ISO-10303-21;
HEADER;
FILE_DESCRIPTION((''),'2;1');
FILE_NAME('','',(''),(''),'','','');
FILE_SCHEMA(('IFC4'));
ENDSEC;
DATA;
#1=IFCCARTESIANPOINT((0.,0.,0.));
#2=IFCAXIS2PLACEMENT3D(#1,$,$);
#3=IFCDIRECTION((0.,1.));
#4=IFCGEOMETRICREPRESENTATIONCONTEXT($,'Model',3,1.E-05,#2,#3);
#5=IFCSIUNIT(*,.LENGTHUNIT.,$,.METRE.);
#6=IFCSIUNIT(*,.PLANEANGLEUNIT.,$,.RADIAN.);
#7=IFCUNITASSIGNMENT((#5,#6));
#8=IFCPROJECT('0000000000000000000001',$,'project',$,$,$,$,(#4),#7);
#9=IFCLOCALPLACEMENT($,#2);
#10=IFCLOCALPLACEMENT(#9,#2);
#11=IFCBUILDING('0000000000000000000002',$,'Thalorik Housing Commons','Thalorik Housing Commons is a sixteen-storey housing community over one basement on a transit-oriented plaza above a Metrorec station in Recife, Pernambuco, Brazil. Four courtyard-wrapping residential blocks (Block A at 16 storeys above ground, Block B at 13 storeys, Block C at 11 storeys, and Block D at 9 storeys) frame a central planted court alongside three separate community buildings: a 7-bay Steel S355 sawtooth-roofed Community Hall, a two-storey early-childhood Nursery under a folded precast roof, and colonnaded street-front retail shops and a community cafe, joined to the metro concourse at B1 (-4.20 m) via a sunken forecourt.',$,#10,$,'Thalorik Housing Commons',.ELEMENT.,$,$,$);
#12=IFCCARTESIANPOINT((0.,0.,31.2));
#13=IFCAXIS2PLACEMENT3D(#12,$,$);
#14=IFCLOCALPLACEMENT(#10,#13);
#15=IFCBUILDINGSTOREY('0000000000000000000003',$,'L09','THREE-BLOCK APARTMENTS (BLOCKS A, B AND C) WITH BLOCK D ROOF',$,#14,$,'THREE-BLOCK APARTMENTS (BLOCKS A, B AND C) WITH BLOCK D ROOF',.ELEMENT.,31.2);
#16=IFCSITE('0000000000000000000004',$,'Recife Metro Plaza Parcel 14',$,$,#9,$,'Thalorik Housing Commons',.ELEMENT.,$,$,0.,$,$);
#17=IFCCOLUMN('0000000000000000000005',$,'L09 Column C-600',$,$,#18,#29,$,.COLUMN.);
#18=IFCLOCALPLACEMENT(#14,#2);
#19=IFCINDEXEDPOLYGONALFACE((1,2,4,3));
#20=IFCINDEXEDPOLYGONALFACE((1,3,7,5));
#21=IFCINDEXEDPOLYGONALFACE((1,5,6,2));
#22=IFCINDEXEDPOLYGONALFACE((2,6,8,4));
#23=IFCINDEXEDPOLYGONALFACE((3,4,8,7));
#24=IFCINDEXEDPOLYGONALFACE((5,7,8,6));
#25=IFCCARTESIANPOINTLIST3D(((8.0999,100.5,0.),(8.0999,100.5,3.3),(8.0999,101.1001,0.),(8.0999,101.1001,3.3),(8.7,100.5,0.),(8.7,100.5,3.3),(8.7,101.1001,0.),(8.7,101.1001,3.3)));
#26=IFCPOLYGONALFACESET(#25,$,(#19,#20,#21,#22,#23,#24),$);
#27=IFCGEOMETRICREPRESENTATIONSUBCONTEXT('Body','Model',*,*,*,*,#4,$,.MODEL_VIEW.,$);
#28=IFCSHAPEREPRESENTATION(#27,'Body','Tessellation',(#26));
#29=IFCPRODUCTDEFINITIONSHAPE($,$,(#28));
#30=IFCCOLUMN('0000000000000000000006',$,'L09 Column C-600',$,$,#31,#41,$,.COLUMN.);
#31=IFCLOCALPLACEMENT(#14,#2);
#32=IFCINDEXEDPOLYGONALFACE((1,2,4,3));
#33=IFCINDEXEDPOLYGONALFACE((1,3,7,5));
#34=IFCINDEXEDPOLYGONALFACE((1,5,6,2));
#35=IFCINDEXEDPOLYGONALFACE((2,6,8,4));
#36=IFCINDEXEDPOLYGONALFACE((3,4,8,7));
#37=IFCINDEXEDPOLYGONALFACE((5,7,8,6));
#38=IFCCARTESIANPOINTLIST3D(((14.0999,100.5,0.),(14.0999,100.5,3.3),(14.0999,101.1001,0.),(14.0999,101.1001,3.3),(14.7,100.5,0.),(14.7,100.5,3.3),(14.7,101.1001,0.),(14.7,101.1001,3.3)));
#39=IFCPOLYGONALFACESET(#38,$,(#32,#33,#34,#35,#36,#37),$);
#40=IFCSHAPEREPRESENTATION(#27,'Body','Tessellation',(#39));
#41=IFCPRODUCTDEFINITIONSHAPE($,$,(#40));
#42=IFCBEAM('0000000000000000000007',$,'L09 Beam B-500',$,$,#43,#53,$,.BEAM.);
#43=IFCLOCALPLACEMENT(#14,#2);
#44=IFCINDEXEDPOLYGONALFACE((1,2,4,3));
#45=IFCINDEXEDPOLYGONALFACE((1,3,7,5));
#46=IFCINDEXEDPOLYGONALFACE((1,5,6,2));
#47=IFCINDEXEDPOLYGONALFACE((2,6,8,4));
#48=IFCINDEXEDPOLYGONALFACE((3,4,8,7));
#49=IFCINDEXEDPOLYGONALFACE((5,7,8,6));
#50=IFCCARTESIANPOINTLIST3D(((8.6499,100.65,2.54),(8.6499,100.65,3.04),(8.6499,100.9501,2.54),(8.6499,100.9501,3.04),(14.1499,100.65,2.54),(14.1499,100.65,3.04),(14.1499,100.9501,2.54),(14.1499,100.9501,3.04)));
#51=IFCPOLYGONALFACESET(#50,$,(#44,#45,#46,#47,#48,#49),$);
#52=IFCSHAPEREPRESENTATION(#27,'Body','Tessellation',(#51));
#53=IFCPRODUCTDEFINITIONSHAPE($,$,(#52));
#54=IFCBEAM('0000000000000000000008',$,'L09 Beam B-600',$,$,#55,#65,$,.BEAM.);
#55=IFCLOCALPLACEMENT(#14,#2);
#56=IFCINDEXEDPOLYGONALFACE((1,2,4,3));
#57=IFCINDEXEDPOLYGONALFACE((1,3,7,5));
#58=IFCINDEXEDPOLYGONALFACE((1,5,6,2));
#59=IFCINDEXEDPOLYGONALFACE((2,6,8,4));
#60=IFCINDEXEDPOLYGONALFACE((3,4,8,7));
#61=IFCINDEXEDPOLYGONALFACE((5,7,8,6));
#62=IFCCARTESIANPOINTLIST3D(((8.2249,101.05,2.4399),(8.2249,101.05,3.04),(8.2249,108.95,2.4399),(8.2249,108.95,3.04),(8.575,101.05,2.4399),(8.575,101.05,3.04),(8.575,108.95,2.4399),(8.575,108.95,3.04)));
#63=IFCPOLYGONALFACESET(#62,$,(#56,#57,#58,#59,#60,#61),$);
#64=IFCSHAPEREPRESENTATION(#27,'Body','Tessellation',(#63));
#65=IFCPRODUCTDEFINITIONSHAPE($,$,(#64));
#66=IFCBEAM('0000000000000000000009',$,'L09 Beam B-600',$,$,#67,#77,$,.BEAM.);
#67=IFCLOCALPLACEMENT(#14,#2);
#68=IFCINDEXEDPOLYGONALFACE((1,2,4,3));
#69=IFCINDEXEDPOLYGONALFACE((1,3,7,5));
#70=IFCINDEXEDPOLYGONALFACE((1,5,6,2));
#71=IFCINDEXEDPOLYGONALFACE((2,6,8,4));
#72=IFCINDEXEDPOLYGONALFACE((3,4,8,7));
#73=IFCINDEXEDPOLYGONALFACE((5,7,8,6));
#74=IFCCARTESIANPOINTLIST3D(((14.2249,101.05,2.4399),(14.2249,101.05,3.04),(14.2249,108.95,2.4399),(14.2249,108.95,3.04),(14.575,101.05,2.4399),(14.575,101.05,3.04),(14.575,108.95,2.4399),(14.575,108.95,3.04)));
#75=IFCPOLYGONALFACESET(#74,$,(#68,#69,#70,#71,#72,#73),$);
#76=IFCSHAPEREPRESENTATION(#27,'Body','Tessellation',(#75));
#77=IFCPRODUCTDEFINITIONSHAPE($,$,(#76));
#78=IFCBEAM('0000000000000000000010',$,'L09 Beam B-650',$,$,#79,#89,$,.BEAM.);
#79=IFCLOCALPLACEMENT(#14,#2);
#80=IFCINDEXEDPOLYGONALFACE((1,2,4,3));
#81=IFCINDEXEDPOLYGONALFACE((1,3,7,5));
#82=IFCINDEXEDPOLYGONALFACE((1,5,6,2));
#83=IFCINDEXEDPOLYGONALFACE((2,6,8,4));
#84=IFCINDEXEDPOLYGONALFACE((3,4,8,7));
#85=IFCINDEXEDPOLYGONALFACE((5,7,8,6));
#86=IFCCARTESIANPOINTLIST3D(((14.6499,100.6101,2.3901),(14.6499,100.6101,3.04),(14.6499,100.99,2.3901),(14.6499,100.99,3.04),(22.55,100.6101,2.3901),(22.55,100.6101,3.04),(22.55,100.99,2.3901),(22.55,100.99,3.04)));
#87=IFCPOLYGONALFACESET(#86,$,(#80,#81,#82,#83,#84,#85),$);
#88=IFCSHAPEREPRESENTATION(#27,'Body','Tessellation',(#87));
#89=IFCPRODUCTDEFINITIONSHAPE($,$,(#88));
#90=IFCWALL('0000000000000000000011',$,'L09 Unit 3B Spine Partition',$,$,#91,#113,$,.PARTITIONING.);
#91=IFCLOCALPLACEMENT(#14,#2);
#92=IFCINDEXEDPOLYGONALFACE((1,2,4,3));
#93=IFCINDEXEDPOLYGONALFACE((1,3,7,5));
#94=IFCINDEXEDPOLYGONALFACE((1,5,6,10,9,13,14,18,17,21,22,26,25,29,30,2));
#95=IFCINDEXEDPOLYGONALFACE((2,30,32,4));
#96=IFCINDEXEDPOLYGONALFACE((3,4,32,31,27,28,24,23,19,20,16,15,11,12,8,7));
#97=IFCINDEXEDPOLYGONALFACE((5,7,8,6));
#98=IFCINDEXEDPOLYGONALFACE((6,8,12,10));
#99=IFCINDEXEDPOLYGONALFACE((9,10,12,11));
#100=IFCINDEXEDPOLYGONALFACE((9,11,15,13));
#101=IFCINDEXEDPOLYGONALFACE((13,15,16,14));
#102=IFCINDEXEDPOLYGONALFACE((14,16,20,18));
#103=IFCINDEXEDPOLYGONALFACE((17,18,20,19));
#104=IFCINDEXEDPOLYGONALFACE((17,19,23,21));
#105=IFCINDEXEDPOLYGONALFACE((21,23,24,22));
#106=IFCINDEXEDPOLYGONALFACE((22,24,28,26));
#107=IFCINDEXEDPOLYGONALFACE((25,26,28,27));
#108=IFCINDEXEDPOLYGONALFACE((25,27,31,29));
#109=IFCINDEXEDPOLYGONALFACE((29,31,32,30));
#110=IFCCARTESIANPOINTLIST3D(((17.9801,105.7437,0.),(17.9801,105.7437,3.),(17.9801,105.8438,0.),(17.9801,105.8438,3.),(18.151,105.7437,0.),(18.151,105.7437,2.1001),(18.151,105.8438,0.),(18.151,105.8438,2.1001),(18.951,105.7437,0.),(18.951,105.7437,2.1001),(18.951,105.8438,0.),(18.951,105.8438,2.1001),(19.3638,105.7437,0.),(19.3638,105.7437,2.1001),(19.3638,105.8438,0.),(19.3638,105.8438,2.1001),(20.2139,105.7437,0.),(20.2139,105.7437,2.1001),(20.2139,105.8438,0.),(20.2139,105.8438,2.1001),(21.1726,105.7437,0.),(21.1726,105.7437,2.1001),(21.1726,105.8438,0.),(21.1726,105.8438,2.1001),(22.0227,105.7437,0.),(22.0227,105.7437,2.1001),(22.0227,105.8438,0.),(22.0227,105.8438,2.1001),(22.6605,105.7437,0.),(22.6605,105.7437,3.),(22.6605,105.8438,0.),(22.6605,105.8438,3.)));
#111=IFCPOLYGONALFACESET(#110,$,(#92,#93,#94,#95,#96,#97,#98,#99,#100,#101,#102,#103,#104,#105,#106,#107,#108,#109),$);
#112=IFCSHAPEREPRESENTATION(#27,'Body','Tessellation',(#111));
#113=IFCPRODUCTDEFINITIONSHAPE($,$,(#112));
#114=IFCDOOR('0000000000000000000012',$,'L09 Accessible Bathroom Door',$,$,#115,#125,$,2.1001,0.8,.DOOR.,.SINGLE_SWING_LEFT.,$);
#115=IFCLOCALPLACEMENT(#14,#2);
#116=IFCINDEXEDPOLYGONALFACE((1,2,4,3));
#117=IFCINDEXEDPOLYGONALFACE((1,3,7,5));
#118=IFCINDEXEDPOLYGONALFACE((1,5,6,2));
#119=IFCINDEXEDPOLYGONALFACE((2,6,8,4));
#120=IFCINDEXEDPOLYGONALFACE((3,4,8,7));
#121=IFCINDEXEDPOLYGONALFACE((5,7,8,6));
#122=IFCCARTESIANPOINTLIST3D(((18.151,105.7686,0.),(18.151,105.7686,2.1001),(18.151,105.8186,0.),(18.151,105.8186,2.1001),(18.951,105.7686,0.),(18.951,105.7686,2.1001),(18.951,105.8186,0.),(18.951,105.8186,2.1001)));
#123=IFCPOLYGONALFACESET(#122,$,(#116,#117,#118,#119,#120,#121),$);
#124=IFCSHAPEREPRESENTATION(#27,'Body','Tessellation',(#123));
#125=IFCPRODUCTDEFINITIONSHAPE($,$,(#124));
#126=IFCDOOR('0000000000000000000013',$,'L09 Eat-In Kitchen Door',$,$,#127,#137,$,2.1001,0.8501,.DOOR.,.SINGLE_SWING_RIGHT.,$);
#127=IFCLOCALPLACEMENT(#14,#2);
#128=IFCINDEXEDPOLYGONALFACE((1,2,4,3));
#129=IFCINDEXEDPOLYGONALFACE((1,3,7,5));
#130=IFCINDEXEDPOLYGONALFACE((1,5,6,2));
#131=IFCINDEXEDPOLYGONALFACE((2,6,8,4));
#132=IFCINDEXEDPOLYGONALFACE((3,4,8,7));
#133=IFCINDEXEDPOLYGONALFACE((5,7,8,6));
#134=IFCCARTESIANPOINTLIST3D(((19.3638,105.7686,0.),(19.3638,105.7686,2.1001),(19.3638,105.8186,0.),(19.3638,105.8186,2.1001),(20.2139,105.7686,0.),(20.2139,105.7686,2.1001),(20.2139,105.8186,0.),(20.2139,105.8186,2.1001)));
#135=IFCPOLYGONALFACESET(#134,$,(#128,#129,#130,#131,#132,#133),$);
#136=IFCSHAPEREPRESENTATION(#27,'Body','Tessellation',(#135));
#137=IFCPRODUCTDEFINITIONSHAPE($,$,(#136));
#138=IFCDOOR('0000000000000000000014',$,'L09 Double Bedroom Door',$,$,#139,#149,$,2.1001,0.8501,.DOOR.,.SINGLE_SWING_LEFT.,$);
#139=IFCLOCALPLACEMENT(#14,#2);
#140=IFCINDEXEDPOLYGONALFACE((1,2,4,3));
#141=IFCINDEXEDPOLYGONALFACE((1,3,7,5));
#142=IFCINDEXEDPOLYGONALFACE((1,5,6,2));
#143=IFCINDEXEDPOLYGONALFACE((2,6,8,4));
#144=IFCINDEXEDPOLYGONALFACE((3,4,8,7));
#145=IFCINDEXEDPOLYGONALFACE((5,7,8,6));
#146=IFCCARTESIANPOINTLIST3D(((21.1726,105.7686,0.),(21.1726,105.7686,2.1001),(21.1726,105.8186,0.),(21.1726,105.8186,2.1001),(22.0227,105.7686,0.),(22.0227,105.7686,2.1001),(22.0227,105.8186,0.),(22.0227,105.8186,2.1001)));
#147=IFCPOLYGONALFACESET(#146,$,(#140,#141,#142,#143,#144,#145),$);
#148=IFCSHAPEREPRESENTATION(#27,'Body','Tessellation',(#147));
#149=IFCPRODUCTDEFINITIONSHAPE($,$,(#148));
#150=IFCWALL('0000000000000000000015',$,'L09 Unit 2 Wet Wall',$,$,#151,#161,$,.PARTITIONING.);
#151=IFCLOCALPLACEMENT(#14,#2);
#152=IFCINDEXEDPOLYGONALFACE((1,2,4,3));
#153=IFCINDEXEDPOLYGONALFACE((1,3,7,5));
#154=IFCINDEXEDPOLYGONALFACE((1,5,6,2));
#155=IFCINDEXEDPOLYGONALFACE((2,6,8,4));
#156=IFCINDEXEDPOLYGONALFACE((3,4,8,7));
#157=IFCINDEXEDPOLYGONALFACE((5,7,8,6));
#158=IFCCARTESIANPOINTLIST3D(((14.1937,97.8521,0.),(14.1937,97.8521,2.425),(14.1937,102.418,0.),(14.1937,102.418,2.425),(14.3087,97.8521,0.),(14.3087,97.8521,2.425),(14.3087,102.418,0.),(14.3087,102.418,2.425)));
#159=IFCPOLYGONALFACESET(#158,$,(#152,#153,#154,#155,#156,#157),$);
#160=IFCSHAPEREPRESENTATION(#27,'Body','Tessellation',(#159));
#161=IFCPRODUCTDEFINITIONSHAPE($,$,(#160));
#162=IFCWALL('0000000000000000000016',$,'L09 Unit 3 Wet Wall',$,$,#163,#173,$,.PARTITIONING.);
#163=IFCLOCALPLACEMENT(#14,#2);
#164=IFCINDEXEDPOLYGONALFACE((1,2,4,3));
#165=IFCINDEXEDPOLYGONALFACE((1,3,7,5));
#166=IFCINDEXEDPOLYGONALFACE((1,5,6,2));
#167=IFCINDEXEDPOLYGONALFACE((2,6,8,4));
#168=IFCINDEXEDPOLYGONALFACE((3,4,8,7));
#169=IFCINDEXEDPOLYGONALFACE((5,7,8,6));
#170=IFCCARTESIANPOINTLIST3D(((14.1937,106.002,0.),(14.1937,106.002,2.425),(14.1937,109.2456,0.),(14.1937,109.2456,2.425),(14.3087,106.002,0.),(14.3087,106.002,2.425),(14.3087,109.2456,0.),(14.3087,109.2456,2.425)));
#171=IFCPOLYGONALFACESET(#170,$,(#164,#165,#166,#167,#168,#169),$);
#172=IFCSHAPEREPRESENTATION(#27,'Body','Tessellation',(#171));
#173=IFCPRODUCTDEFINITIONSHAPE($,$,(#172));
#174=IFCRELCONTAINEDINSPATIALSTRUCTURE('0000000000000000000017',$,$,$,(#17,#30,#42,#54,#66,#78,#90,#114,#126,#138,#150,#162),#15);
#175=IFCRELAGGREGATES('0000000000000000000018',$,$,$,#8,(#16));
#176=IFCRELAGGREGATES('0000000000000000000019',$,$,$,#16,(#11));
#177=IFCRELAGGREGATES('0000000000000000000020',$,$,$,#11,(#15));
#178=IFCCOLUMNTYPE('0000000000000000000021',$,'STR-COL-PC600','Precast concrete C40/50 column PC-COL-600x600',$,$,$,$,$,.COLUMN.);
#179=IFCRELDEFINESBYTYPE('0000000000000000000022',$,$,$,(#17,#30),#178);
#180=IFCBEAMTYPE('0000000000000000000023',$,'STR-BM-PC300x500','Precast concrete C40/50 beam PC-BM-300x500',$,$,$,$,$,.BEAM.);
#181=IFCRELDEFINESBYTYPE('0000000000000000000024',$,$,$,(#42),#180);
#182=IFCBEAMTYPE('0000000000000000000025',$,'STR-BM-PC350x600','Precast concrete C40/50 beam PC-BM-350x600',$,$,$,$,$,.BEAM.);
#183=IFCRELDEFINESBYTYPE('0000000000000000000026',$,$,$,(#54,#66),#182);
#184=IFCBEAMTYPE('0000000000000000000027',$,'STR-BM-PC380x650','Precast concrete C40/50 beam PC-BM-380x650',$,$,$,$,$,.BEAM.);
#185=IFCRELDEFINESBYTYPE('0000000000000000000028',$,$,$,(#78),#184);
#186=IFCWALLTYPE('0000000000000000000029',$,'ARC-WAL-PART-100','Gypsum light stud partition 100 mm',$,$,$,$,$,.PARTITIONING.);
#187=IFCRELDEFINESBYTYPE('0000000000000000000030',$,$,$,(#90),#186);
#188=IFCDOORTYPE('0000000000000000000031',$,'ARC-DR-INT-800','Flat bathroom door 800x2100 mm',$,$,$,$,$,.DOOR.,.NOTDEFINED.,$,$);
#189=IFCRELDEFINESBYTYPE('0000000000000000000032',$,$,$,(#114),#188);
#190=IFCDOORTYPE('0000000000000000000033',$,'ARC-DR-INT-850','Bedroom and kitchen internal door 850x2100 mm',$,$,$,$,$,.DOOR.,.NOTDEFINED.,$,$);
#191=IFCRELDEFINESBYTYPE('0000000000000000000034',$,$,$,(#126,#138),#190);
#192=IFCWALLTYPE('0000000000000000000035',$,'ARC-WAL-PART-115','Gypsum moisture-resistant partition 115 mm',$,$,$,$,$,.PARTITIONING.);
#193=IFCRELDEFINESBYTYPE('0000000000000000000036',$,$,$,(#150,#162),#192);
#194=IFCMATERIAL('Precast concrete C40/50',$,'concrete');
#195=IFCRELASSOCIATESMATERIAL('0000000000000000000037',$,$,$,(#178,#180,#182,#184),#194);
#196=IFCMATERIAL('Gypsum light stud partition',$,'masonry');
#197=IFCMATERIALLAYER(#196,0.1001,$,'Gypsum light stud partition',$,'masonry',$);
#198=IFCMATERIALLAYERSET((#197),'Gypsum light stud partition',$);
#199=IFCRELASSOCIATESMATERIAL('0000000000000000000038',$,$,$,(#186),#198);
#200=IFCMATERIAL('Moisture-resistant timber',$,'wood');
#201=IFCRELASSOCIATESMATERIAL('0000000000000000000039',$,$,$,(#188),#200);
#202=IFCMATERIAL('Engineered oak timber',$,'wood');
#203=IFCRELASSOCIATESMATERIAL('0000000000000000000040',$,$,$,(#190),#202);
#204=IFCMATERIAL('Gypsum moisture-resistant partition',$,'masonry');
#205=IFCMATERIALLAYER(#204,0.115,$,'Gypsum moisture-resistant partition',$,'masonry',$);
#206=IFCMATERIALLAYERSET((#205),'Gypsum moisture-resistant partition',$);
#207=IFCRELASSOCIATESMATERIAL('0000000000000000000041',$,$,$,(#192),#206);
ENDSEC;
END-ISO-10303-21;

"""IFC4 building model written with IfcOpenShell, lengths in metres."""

from ifc_helpers import new_model, si_unit, direction, frame, frame_2d, origin, origin_2d, place, context, subcontext, project, spatial, rectangle, extrude, material, layer, layer_set, material_profile, profile_set, type_object, element, fill, save


model = new_model("IFC4")

# Units and contexts
model_context = context("Model", 3, precision=1e-05, world=origin(), true_north=direction((0.0, 1.0)))
body_context = subcontext(model_context, "Body", "Model", "MODEL_VIEW")
ifc_project = project(units=[si_unit("LENGTHUNIT", "METRE"), si_unit("PLANEANGLEUNIT", "RADIAN")], contexts=[model_context])

# Site, building, storey
site_placement = place(None, origin())
site = spatial("IfcSite", under=ifc_project, at=site_placement, Name="Recife Metro Plaza Parcel 14", LongName="Thalorik Housing Commons", CompositionType="ELEMENT", RefElevation=0.0)
building_placement = place(site_placement, origin())
building = spatial("IfcBuilding", under=site, at=building_placement, Name="Thalorik Housing Commons", Description="Thalorik Housing Commons is a sixteen-storey housing community over one basement on a transit-oriented plaza above a Metrorec station in Recife, Pernambuco, Brazil. Four courtyard-wrapping residential blocks (Block A at 16 storeys above ground, Block B at 13 storeys, Block C at 11 storeys, and Block D at 9 storeys) frame a central planted court alongside three separate community buildings: a 7-bay Steel S355 sawtooth-roofed Community Hall, a two-storey early-childhood Nursery under a folded precast roof, and colonnaded street-front retail shops and a community cafe, joined to the metro concourse at B1 (-4.20 m) via a sunken forecourt.", LongName="Thalorik Housing Commons", CompositionType="ELEMENT")
storey_placement = place(building_placement, frame((0.0, 0.0, 31.2)))
storey = spatial("IfcBuildingStorey", under=building, at=storey_placement, Name="L09", Description="THREE-BLOCK APARTMENTS (BLOCKS A, B AND C) WITH BLOCK D ROOF", LongName="THREE-BLOCK APARTMENTS (BLOCKS A, B AND C) WITH BLOCK D ROOF", CompositionType="ELEMENT", Elevation=31.2)

# Columns
ifc_material_1 = material(Name="Precast concrete C40/50", Category="concrete")
ifc_material_profile_1 = material_profile(ifc_material_1, rectangle(XDim=0.6001, YDim=0.6001, at=origin_2d()), Name="PC 600x600", Category="concrete")
ifc_profile_set_1 = profile_set([ifc_material_profile_1], Name="Precast concrete C40/50")
column_type = type_object("IfcColumnType", Name="STR-COL-PC600", Description="Precast concrete C40/50 column PC-COL-600x600", PredefinedType="COLUMN", material=ifc_profile_set_1)
for number, where, z_axis, x_axis, name in (
    (1, (8.3999, 100.8, 0.0), (0.0, 0.0, 1.0), (1.0, 0.0, 0.0), "L09 Column C-600"),
    (2, (14.3999, 100.8, 0.0), (0.0, 0.0, 1.0), (1.0, 0.0, 0.0), "L09 Column C-600"),
):
    element("IfcColumn", number, at=place(storey_placement, frame(where, z_axis=z_axis, x_axis=x_axis)), inside=storey, type_object=column_type, Name=name, PredefinedType="COLUMN", context=body_context, shape_type="SweptSolid", body=[
        extrude(rectangle(XDim=0.6001, YDim=0.6001, at=origin_2d()), origin(), (0.0, 0.0, 1.0), 3.3),
    ])

# Beams
ifc_material_profile_2 = material_profile(ifc_material_1, rectangle(XDim=0.3, YDim=0.5, at=origin_2d()), Name="PC 300x500", Category="concrete")
ifc_profile_set_2 = profile_set([ifc_material_profile_2], Name="Precast concrete C40/50")
beam_type_1 = type_object("IfcBeamType", Name="STR-BM-PC300x500", Description="Precast concrete C40/50 beam PC-BM-300x500", PredefinedType="BEAM", material=ifc_profile_set_2)
beam_1_placement = place(storey_placement, frame((8.6499, 100.8, 2.79), z_axis=(1.0, 0.0, 0.0), x_axis=(0.0, 1.0, 0.0)))
element("IfcBeam", 3, at=beam_1_placement, inside=storey, type_object=beam_type_1, Name="L09 Beam B-500", PredefinedType="BEAM", context=body_context, shape_type="SweptSolid", body=[
    extrude(rectangle(XDim=0.3, YDim=0.5, at=origin_2d()), origin(), (0.0, 0.0, 1.0), 5.5),
])
ifc_material_profile_3 = material_profile(ifc_material_1, rectangle(XDim=0.3501, YDim=0.6001, at=origin_2d()), Name="PC 350x600", Category="concrete")
ifc_profile_set_3 = profile_set([ifc_material_profile_3], Name="Precast concrete C40/50")
beam_type_2 = type_object("IfcBeamType", Name="STR-BM-PC350x600", Description="Precast concrete C40/50 beam PC-BM-350x600", PredefinedType="BEAM", material=ifc_profile_set_3)
for number, where, z_axis, x_axis, name in (
    (4, (8.3999, 101.05, 2.74), (0.0, 1.0, 0.0), (-1.0, 0.0, 0.0), "L09 Beam B-600"),
    (5, (14.3999, 101.05, 2.74), (0.0, 1.0, 0.0), (-1.0, 0.0, 0.0), "L09 Beam B-600"),
):
    element("IfcBeam", number, at=place(storey_placement, frame(where, z_axis=z_axis, x_axis=x_axis)), inside=storey, type_object=beam_type_2, Name=name, PredefinedType="BEAM", context=body_context, shape_type="SweptSolid", body=[
        extrude(rectangle(XDim=0.3501, YDim=0.6001, at=origin_2d()), origin(), (0.0, 0.0, 1.0), 7.8999),
    ])
ifc_material_profile_4 = material_profile(ifc_material_1, rectangle(XDim=0.3799, YDim=0.6499, at=origin_2d()), Name="PC 380x650", Category="concrete")
ifc_profile_set_4 = profile_set([ifc_material_profile_4], Name="Precast concrete C40/50")
beam_type_3 = type_object("IfcBeamType", Name="STR-BM-PC380x650", Description="Precast concrete C40/50 beam PC-BM-380x650", PredefinedType="BEAM", material=ifc_profile_set_4)
beam_2_placement = place(storey_placement, frame((14.6499, 100.8, 2.7151), z_axis=(1.0, 0.0, 0.0), x_axis=(0.0, 1.0, 0.0)))
element("IfcBeam", 6, at=beam_2_placement, inside=storey, type_object=beam_type_3, Name="L09 Beam B-650", PredefinedType="BEAM", context=body_context, shape_type="SweptSolid", body=[
    extrude(rectangle(XDim=0.3799, YDim=0.6499, at=origin_2d()), origin(), (0.0, 0.0, 1.0), 7.9001),
])

# Wall, openings, doors
ifc_material_2 = material(Name="Gypsum light stud partition", Category="masonry")
ifc_layer_1 = layer(ifc_material_2, 0.1001, Name="Gypsum light stud partition", Category="masonry")
ifc_layer_set_1 = layer_set([ifc_layer_1], Name="Gypsum light stud partition")
wall_type_1 = type_object("IfcWallType", Name="ARC-WAL-PART-100", Description="Gypsum light stud partition 100 mm", PredefinedType="PARTITIONING", material=ifc_layer_set_1)
wall_1_placement = place(storey_placement, frame((17.98, 105.7937, 0.0), z_axis=(0.0, 0.0, 1.0), x_axis=(1.0, 0.0, 0.0)))
wall_1 = element("IfcWall", 7, at=wall_1_placement, inside=storey, type_object=wall_type_1, Name="L09 Unit 3B Spine Partition", PredefinedType="PARTITIONING", context=body_context, shape_type="SweptSolid", body=[
    extrude(rectangle(XDim=4.6804, YDim=0.1001, at=frame_2d((2.3403, 0.0))), origin(), (0.0, 0.0, 1.0), 3.0),
])
opening_1_placement = place(wall_1_placement, frame((0.1711, 0.0, 0.0)))
opening_1 = element("IfcOpeningElement", 8, at=opening_1_placement, cuts=wall_1, PredefinedType="OPENING", context=body_context, shape_type="SweptSolid", body=[
    extrude(rectangle(XDim=0.8, YDim=2.1001, at=frame_2d((0.3999, 1.05))), frame((0.0, 0.0601, 0.0), z_axis=(0.0, -1.0, 0.0), x_axis=(1.0, 0.0, 0.0)), (0.0, 0.0, 1.0), 0.1201),
])
opening_2_placement = place(wall_1_placement, frame((1.3838, 0.0, 0.0)))
opening_2 = element("IfcOpeningElement", 9, at=opening_2_placement, cuts=wall_1, PredefinedType="OPENING", context=body_context, shape_type="SweptSolid", body=[
    extrude(rectangle(XDim=0.8501, YDim=2.1001, at=frame_2d((0.425, 1.05))), frame((0.0, 0.0601, 0.0), z_axis=(0.0, -1.0, 0.0), x_axis=(1.0, 0.0, 0.0)), (0.0, 0.0, 1.0), 0.1201),
])
opening_3_placement = place(wall_1_placement, frame((3.1926, 0.0, 0.0)))
opening_3 = element("IfcOpeningElement", 10, at=opening_3_placement, cuts=wall_1, PredefinedType="OPENING", context=body_context, shape_type="SweptSolid", body=[
    extrude(rectangle(XDim=0.8501, YDim=2.1001, at=frame_2d((0.425, 1.05))), frame((0.0, 0.0601, 0.0), z_axis=(0.0, -1.0, 0.0), x_axis=(1.0, 0.0, 0.0)), (0.0, 0.0, 1.0), 0.1201),
])
ifc_material_3 = material(Name="Moisture-resistant timber", Category="wood")
door_type_1 = type_object("IfcDoorType", Name="ARC-DR-INT-800", Description="Flat bathroom door 800x2100 mm", OperationType="NOTDEFINED", PredefinedType="DOOR", material=ifc_material_3)
door_1_placement = place(opening_1_placement, origin())
door_1 = element("IfcDoor", 11, at=door_1_placement, inside=storey, type_object=door_type_1, Name="L09 Accessible Bathroom Door", OperationType="SINGLE_SWING_LEFT", OverallHeight=2.1001, OverallWidth=0.8, PredefinedType="DOOR", context=body_context, shape_type="SweptSolid", body=[
    extrude(rectangle(XDim=0.8, YDim=2.1001, at=frame_2d((0.3999, 1.05))), frame((0.0, 0.0249, 0.0), z_axis=(0.0, -1.0, 0.0), x_axis=(1.0, 0.0, 0.0)), (0.0, 0.0, 1.0), 0.05),
])
fill(opening_1, door_1)
ifc_material_4 = material(Name="Engineered oak timber", Category="wood")
door_type_2 = type_object("IfcDoorType", Name="ARC-DR-INT-850", Description="Bedroom and kitchen internal door 850x2100 mm", OperationType="NOTDEFINED", PredefinedType="DOOR", material=ifc_material_4)
door_2_placement = place(opening_2_placement, origin())
door_2 = element("IfcDoor", 12, at=door_2_placement, inside=storey, type_object=door_type_2, Name="L09 Eat-In Kitchen Door", OperationType="SINGLE_SWING_RIGHT", OverallHeight=2.1001, OverallWidth=0.8501, PredefinedType="DOOR", context=body_context, shape_type="SweptSolid", body=[
    extrude(rectangle(XDim=0.8501, YDim=2.1001, at=frame_2d((0.425, 1.05))), frame((0.0, 0.0249, 0.0), z_axis=(0.0, -1.0, 0.0), x_axis=(1.0, 0.0, 0.0)), (0.0, 0.0, 1.0), 0.05),
])
fill(opening_2, door_2)
door_3_placement = place(opening_3_placement, origin())
door_3 = element("IfcDoor", 13, at=door_3_placement, inside=storey, type_object=door_type_2, Name="L09 Double Bedroom Door", OperationType="SINGLE_SWING_LEFT", OverallHeight=2.1001, OverallWidth=0.8501, PredefinedType="DOOR", context=body_context, shape_type="SweptSolid", body=[
    extrude(rectangle(XDim=0.8501, YDim=2.1001, at=frame_2d((0.425, 1.05))), frame((0.0, 0.0249, 0.0), z_axis=(0.0, -1.0, 0.0), x_axis=(1.0, 0.0, 0.0)), (0.0, 0.0, 1.0), 0.05),
])
fill(opening_3, door_3)

# Walls
ifc_material_5 = material(Name="Gypsum moisture-resistant partition", Category="masonry")
ifc_layer_2 = layer(ifc_material_5, 0.115, Name="Gypsum moisture-resistant partition", Category="masonry")
ifc_layer_set_2 = layer_set([ifc_layer_2], Name="Gypsum moisture-resistant partition")
wall_type_2 = type_object("IfcWallType", Name="ARC-WAL-PART-115", Description="Gypsum moisture-resistant partition 115 mm", PredefinedType="PARTITIONING", material=ifc_layer_set_2)
wall_2_placement = place(storey_placement, frame((14.2512, 97.8521, 0.0), z_axis=(0.0, 0.0, 1.0), x_axis=(0.0, 1.0, 0.0)))
element("IfcWall", 14, at=wall_2_placement, inside=storey, type_object=wall_type_2, Name="L09 Unit 2 Wet Wall", PredefinedType="PARTITIONING", context=body_context, shape_type="SweptSolid", body=[
    extrude(rectangle(XDim=4.5659, YDim=0.115, at=frame_2d((2.283, 0.0))), origin(), (0.0, 0.0, 1.0), 2.425),
])
wall_3_placement = place(storey_placement, frame((14.2512, 106.002, 0.0), z_axis=(0.0, 0.0, 1.0), x_axis=(0.0, 1.0, 0.0)))
element("IfcWall", 15, at=wall_3_placement, inside=storey, type_object=wall_type_2, Name="L09 Unit 3 Wet Wall", PredefinedType="PARTITIONING", context=body_context, shape_type="SweptSolid", body=[
    extrude(rectangle(XDim=3.2437, YDim=0.115, at=frame_2d((1.6218, 0.0))), origin(), (0.0, 0.0, 1.0), 2.425),
])

save(model, "model.ifc")
